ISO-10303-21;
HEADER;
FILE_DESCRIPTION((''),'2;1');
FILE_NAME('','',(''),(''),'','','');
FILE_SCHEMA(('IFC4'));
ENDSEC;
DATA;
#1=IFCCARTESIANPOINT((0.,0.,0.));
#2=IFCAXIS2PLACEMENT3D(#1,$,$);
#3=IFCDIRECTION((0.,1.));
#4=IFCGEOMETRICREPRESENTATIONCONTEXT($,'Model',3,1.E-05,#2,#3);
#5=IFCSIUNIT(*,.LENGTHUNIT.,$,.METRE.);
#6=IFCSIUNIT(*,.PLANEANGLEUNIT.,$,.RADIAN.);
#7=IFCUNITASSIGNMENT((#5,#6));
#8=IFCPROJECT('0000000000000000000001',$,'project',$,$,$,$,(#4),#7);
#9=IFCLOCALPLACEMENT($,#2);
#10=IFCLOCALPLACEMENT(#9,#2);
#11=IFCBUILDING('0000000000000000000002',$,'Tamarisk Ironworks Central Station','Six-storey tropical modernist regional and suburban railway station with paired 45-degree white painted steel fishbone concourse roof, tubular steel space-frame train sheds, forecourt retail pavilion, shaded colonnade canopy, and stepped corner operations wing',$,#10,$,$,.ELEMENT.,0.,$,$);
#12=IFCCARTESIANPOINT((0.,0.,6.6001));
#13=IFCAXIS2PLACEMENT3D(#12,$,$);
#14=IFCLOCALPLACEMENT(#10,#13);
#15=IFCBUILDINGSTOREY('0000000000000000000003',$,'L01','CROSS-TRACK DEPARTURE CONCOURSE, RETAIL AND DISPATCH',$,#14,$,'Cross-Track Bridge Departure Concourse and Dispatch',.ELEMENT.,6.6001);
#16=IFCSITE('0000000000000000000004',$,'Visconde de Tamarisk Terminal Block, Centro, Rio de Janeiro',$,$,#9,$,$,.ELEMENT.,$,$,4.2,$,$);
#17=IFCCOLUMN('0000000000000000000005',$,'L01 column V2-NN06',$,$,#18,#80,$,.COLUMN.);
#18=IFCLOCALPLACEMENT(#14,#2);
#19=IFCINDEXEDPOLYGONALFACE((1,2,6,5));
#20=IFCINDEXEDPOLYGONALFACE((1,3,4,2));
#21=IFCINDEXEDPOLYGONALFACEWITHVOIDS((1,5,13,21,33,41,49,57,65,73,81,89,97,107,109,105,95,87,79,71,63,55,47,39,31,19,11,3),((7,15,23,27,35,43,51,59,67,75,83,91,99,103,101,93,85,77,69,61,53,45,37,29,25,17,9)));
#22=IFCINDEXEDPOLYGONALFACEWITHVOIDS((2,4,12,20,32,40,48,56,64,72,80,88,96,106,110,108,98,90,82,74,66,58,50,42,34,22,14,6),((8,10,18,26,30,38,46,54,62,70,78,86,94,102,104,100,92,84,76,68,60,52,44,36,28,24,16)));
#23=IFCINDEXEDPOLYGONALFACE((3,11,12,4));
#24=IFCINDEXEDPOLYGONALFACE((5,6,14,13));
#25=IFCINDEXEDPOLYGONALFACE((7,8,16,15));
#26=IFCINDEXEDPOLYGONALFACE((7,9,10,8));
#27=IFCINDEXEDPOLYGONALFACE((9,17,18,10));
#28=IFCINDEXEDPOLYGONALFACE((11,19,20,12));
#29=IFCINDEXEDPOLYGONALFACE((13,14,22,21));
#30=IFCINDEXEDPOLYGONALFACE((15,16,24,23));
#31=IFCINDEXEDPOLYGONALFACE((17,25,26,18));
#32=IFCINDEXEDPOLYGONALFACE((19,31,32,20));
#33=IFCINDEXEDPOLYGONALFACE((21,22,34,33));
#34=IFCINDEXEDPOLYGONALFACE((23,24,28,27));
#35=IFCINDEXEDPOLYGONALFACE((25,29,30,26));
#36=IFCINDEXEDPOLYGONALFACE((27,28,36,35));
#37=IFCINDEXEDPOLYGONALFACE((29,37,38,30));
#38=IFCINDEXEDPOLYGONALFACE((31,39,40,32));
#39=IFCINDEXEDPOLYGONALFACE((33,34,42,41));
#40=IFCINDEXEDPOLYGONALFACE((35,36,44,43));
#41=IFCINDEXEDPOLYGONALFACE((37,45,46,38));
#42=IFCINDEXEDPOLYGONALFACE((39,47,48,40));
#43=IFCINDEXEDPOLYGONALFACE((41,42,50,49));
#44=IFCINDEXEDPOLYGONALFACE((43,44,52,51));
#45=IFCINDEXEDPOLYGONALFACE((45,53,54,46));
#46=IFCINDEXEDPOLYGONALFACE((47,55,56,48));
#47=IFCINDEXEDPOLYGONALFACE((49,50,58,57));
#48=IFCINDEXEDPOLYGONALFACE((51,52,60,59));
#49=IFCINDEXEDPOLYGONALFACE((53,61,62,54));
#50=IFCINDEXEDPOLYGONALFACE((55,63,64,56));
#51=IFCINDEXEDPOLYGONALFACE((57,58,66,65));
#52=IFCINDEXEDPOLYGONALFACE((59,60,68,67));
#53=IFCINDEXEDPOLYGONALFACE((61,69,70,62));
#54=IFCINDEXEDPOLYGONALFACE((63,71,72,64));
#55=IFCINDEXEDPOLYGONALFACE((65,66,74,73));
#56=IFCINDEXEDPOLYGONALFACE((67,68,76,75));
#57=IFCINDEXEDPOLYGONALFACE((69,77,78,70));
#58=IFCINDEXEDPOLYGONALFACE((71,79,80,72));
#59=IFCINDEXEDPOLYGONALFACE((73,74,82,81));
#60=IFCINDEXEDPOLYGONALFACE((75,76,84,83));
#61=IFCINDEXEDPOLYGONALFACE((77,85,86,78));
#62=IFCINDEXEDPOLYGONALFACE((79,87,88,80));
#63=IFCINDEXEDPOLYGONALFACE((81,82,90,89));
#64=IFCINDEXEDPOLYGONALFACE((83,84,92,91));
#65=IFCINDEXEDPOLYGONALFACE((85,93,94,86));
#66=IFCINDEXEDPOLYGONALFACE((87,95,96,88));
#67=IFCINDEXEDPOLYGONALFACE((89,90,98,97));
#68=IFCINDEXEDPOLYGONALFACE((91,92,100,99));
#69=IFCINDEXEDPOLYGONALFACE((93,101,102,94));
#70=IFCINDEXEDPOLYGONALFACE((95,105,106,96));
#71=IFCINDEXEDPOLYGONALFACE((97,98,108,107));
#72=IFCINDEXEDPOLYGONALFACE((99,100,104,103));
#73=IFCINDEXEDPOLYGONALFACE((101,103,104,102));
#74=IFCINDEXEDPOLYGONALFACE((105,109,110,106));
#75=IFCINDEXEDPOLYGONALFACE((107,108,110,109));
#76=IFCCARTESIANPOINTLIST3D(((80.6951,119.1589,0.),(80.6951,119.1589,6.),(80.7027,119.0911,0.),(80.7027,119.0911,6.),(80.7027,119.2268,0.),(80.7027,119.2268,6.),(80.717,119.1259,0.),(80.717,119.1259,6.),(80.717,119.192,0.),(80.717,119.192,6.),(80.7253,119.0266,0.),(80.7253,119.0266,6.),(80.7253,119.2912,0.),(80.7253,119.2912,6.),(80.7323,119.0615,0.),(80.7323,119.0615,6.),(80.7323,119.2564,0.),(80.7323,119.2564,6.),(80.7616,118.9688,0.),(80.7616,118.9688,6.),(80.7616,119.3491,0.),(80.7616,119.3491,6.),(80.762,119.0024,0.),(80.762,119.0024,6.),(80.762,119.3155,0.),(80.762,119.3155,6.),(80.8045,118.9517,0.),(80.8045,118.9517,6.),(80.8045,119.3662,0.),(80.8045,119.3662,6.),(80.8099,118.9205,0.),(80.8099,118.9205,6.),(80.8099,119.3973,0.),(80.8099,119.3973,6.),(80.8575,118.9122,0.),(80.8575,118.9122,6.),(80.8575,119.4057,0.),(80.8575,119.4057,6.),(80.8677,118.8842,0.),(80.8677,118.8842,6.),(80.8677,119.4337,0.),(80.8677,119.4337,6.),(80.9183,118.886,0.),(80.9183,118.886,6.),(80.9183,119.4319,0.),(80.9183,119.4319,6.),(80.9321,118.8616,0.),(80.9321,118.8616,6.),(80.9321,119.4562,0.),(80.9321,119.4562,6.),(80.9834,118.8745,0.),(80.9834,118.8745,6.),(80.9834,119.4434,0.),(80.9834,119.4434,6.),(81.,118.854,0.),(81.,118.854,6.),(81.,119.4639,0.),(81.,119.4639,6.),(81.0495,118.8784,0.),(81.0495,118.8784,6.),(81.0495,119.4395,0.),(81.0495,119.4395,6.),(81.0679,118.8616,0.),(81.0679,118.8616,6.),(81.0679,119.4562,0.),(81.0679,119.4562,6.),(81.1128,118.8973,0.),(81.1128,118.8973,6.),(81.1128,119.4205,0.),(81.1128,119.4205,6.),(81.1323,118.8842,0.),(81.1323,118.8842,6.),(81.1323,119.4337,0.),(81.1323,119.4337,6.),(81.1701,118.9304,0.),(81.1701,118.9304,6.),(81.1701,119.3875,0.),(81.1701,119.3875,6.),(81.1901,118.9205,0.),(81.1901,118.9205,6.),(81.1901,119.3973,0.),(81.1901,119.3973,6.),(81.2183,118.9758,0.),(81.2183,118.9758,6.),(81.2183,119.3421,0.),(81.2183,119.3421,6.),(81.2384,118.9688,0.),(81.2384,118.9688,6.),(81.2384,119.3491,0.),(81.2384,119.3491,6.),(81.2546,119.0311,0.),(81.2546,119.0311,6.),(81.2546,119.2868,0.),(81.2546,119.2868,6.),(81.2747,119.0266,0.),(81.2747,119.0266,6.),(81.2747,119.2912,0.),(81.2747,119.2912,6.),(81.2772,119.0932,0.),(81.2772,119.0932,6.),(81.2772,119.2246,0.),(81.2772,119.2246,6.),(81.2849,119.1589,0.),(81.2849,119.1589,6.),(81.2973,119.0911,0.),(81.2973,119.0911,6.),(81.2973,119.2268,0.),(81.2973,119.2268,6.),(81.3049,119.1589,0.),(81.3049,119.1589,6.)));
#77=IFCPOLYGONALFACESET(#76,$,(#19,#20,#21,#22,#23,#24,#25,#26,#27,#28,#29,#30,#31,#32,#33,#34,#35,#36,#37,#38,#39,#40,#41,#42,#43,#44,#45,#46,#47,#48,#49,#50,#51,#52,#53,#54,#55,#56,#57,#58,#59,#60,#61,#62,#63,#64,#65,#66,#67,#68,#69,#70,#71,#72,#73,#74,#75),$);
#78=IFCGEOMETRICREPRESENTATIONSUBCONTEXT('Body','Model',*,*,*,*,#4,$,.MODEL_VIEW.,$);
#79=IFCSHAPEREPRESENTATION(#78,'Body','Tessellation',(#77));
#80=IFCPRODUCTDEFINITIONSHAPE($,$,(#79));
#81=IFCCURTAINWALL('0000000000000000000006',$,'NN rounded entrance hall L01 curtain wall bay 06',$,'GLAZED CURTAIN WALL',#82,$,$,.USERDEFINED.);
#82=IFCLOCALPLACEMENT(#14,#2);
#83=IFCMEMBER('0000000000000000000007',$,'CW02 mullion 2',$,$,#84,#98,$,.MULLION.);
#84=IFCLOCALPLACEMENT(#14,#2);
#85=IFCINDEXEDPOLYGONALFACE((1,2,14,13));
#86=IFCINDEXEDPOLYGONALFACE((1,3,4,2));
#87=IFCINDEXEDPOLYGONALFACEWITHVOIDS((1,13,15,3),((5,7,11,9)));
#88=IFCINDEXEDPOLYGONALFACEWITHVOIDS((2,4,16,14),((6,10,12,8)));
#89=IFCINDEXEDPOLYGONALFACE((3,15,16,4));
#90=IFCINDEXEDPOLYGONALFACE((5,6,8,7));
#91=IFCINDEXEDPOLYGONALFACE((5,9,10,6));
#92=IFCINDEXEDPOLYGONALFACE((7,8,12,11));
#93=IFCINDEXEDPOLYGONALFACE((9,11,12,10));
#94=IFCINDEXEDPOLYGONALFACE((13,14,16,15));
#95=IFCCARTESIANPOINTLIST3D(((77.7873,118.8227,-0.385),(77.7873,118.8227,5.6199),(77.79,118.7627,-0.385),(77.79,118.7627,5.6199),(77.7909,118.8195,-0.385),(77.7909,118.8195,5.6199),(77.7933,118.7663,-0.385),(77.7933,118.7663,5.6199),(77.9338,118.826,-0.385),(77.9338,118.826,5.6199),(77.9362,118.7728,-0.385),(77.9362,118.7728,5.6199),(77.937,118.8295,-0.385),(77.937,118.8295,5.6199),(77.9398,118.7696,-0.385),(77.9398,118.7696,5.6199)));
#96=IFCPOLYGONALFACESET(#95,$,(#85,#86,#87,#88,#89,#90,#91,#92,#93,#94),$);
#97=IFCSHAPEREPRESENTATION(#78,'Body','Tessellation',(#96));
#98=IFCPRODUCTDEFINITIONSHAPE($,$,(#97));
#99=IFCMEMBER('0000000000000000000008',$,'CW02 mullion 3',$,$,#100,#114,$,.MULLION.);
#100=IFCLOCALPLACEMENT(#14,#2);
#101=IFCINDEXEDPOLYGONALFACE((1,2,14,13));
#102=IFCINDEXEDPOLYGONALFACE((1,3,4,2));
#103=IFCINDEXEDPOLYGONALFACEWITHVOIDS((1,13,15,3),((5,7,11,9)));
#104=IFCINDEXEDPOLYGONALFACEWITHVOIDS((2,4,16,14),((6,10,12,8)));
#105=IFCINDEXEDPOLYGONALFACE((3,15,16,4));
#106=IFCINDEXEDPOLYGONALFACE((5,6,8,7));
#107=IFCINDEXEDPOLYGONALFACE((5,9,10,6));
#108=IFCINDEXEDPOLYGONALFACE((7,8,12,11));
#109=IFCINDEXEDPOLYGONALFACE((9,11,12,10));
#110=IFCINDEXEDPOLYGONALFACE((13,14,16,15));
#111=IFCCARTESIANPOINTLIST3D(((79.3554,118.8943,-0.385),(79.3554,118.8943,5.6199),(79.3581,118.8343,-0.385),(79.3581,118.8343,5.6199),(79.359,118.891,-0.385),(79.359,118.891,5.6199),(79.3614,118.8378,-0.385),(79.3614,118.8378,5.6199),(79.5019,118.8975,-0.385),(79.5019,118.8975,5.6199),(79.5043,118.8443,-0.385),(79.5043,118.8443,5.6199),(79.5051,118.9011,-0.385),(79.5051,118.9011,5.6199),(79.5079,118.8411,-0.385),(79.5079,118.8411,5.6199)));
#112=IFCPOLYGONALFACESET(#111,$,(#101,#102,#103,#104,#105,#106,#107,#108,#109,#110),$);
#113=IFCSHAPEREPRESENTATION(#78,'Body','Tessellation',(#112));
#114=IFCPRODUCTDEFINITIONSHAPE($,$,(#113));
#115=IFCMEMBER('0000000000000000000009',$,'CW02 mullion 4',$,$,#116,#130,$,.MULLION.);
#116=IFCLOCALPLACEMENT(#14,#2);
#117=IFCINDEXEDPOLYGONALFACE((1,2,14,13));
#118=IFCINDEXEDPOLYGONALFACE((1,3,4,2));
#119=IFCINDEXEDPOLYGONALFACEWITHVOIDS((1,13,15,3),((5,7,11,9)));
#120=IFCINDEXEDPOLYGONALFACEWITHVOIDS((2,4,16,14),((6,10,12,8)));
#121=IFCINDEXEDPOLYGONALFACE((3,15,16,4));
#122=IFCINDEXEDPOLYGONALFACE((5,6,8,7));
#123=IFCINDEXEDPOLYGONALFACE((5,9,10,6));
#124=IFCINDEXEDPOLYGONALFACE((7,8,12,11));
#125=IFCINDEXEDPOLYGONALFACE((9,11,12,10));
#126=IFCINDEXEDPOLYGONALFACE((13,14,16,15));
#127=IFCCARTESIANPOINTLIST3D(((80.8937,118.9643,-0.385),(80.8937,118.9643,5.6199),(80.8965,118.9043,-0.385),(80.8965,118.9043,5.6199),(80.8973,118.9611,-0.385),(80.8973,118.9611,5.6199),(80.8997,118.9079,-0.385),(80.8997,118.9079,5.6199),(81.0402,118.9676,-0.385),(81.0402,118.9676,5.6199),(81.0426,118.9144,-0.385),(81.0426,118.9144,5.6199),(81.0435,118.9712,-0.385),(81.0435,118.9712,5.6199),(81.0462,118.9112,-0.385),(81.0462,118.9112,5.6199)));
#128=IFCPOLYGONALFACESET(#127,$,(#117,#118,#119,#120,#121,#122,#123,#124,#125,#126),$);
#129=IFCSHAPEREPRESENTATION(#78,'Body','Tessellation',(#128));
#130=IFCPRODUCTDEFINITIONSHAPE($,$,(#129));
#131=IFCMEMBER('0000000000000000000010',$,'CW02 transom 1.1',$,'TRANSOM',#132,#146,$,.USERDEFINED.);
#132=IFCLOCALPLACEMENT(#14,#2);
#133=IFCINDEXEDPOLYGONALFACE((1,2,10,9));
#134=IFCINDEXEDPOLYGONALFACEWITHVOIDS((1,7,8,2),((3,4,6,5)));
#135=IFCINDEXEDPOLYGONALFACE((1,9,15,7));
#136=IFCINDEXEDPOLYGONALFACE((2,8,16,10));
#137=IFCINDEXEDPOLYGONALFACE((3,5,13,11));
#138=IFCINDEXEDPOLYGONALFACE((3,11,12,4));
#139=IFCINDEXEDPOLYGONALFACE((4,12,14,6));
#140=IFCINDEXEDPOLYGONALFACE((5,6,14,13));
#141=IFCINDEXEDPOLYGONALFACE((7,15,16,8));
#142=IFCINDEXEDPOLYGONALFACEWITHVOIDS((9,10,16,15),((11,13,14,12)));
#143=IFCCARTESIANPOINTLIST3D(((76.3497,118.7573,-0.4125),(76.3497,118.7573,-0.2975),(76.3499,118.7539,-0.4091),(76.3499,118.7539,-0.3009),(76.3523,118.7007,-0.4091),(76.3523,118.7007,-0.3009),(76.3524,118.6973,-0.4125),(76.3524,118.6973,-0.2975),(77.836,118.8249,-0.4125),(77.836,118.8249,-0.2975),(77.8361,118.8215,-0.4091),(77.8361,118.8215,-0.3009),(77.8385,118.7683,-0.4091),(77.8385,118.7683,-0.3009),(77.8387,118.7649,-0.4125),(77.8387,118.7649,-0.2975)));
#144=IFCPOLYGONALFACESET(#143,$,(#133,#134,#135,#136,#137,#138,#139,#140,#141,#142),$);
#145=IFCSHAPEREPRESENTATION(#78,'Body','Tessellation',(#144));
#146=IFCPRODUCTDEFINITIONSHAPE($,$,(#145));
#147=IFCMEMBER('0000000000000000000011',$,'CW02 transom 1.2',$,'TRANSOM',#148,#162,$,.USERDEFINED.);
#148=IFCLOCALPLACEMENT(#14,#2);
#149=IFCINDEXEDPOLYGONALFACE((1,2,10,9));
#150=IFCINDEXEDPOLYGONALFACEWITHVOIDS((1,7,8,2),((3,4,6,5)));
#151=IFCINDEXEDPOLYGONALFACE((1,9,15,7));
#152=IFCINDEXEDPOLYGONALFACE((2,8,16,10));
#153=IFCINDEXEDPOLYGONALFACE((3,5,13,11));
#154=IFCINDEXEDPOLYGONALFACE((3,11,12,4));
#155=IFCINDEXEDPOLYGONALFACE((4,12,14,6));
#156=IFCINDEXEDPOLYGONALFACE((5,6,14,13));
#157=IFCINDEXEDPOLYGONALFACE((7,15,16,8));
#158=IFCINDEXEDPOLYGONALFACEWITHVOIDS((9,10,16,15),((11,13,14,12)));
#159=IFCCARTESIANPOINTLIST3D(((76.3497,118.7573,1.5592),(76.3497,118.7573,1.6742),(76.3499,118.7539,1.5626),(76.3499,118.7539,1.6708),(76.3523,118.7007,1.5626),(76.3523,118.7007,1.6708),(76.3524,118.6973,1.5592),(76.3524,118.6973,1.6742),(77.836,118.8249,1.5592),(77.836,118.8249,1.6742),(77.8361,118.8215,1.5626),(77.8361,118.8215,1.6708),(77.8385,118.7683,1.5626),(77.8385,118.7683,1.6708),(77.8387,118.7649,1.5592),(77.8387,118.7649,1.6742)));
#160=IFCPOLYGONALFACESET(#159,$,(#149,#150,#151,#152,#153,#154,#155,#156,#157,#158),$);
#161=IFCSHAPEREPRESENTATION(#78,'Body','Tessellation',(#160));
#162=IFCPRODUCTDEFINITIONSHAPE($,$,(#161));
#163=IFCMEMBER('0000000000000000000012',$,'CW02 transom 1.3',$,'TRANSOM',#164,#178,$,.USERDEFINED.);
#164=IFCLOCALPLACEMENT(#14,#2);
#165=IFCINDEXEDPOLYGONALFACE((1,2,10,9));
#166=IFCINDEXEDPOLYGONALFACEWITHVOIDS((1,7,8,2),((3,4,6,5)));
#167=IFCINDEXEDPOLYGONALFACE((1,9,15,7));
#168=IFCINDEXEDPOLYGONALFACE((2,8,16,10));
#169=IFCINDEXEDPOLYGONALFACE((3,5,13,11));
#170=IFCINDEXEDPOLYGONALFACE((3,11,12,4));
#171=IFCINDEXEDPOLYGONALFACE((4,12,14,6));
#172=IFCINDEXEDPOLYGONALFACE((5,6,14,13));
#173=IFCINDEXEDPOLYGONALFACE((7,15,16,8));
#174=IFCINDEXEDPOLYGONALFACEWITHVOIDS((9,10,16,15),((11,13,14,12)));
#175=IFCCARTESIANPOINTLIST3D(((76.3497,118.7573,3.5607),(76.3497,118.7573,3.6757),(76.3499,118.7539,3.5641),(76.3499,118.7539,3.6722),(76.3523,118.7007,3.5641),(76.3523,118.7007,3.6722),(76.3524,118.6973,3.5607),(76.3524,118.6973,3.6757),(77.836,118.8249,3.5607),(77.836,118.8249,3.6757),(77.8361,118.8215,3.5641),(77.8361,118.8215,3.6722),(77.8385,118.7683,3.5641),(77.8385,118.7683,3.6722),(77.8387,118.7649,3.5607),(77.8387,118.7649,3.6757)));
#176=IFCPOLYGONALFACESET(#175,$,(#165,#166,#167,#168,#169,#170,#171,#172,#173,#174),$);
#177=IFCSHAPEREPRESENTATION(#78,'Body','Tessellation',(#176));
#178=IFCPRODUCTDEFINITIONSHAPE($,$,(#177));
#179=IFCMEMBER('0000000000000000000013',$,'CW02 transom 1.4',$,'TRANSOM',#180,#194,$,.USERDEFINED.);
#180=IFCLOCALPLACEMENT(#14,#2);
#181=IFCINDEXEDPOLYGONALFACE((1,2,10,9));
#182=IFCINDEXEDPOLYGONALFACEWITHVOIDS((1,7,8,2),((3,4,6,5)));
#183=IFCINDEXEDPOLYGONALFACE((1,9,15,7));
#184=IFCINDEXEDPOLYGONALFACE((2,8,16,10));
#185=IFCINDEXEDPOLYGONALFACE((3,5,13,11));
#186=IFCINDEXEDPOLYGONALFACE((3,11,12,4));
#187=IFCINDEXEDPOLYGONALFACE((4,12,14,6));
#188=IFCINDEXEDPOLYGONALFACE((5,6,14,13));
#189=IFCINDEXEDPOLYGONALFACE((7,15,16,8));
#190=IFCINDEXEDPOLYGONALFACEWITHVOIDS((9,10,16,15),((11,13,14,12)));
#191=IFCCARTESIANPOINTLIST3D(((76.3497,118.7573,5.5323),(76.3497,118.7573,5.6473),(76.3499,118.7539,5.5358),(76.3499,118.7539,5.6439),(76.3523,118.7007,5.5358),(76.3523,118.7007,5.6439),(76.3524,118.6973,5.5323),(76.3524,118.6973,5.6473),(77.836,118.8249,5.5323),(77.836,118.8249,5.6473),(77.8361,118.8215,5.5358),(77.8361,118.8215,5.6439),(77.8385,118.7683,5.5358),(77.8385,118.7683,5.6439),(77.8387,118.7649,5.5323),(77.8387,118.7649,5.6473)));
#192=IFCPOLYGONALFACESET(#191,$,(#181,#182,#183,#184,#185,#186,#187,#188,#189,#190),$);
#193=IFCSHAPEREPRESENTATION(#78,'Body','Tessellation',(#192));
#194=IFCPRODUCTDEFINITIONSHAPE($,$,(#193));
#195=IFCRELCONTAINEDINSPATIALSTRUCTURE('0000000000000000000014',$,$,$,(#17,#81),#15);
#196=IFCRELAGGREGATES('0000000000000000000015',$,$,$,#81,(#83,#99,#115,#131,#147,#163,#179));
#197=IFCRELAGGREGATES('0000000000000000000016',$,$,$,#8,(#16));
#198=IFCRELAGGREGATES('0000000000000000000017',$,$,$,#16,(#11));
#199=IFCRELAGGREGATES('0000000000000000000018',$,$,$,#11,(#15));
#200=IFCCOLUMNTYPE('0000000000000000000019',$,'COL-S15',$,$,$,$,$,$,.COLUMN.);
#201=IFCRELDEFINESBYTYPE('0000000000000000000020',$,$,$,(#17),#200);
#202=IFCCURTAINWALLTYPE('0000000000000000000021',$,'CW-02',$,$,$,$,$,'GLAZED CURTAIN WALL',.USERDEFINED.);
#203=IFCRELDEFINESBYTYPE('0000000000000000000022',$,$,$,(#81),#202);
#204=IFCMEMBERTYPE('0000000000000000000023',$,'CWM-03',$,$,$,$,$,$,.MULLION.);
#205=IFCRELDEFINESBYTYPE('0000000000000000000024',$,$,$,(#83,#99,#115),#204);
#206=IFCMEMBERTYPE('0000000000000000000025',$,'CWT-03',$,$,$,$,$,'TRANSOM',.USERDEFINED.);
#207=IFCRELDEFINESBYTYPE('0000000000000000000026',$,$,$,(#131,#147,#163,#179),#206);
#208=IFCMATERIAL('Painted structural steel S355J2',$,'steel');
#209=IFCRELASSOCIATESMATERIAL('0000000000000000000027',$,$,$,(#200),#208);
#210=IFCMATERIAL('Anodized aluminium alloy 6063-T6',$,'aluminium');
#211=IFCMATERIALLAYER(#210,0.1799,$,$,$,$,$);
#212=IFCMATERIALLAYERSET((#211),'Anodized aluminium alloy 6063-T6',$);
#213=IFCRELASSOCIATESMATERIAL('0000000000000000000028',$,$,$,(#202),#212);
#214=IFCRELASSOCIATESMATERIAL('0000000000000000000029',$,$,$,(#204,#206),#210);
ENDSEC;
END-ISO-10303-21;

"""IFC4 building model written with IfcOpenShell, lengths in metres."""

from ifc_helpers import new_model, si_unit, direction, frame, origin, origin_2d, place, context, subcontext, project, spatial, hollow_rectangle, hollow_circle, extrude, material, layer, layer_set, material_profile, profile_set, type_object, element, aggregate, save


model = new_model("IFC4")

# Units and contexts
model_context = context("Model", 3, precision=1e-05, world=origin(), true_north=direction((0.0, 1.0)))
body_context = subcontext(model_context, "Body", "Model", "MODEL_VIEW")
ifc_project = project(units=[si_unit("LENGTHUNIT", "METRE"), si_unit("PLANEANGLEUNIT", "RADIAN")], contexts=[model_context])

# Site, building, storey
site_placement = place(None, origin())
site = spatial("IfcSite", under=ifc_project, at=site_placement, Name="Visconde de Tamarisk Terminal Block, Centro, Rio de Janeiro", CompositionType="ELEMENT", RefElevation=4.2)
building_placement = place(site_placement, origin())
building = spatial("IfcBuilding", under=site, at=building_placement, Name="Tamarisk Ironworks Central Station", Description="Six-storey tropical modernist regional and suburban railway station with paired 45-degree white painted steel fishbone concourse roof, tubular steel space-frame train sheds, forecourt retail pavilion, shaded colonnade canopy, and stepped corner operations wing", CompositionType="ELEMENT", ElevationOfRefHeight=0.0)
storey_placement = place(building_placement, frame((0.0, 0.0, 6.6001)))
storey = spatial("IfcBuildingStorey", under=building, at=storey_placement, Name="L01", Description="CROSS-TRACK DEPARTURE CONCOURSE, RETAIL AND DISPATCH", LongName="Cross-Track Bridge Departure Concourse and Dispatch", CompositionType="ELEMENT", Elevation=6.6001)

# Column
ifc_material_1 = material(Name="Painted structural steel S355J2", Category="steel")
ifc_material_profile_1 = material_profile(ifc_material_1, hollow_circle(Radius=0.3049, WallThickness=0.02, at=origin_2d()), Name="CHS 610x20")
ifc_profile_set_1 = profile_set([ifc_material_profile_1], Name="Painted structural steel S355J2")
column_type = type_object("IfcColumnType", Name="COL-S15", PredefinedType="COLUMN", material=ifc_profile_set_1)
column_placement = place(storey_placement, frame((81.0, 119.1589, 0.0), z_axis=(0.0, 0.0, 1.0), x_axis=(1.0, 0.0, 0.0)))
element("IfcColumn", 1, at=column_placement, inside=storey, type_object=column_type, Name="L01 column V2-NN06", PredefinedType="COLUMN", context=body_context, shape_type="SweptSolid", body=[
    extrude(hollow_circle(Radius=0.3049, WallThickness=0.02, at=origin_2d()), origin(), (0.0, 0.0, 1.0), 6.0),
])

# Curtain wall, members
ifc_material_2 = material(Name="Anodized aluminium alloy 6063-T6", Category="aluminium")
ifc_layer_1 = layer(ifc_material_2, 0.1799)
ifc_layer_set_1 = layer_set([ifc_layer_1], Name="Anodized aluminium alloy 6063-T6")
curtain_wall_type = type_object("IfcCurtainWallType", Name="CW-02", ElementType="GLAZED CURTAIN WALL", PredefinedType="USERDEFINED", material=ifc_layer_set_1)
curtain_wall_placement = place(storey_placement, origin())
curtain_wall = element("IfcCurtainWall", 2, at=curtain_wall_placement, inside=storey, type_object=curtain_wall_type, Name="NN rounded entrance hall L01 curtain wall bay 06", ObjectType="GLAZED CURTAIN WALL", PredefinedType="USERDEFINED")
ifc_material_profile_2 = material_profile(ifc_material_2, hollow_rectangle(XDim=0.0601, YDim=0.1499, WallThickness=0.0034, at=origin_2d()), Name="ALUM 150x60")
ifc_profile_set_2 = profile_set([ifc_material_profile_2], Name="Anodized aluminium alloy 6063-T6")
member_type_1 = type_object("IfcMemberType", Name="CWM-03", PredefinedType="MULLION", material=ifc_profile_set_2)
member_1_placement = place(storey_placement, frame((77.8635, 118.7961, -0.385), z_axis=(0.0, 0.0, 1.0), x_axis=(-0.045481, 0.998965, 0.0)))
member_1 = element("IfcMember", 3, at=member_1_placement, type_object=member_type_1, Name="CW02 mullion 2", PredefinedType="MULLION", context=body_context, shape_type="SweptSolid", body=[
    extrude(hollow_rectangle(XDim=0.0601, YDim=0.1499, WallThickness=0.0034, at=origin_2d()), origin(), (0.0, 0.0, 1.0), 6.0049),
])
member_2_placement = place(storey_placement, frame((79.4316, 118.8677, -0.385), z_axis=(0.0, 0.0, 1.0), x_axis=(-0.045481, 0.998965, 0.0)))
member_2 = element("IfcMember", 4, at=member_2_placement, type_object=member_type_1, Name="CW02 mullion 3", PredefinedType="MULLION", context=body_context, shape_type="SweptSolid", body=[
    extrude(hollow_rectangle(XDim=0.0601, YDim=0.1499, WallThickness=0.0034, at=origin_2d()), origin(), (0.0, 0.0, 1.0), 6.0049),
])
member_3_placement = place(storey_placement, frame((80.97, 118.9377, -0.385), z_axis=(0.0, 0.0, 1.0), x_axis=(-0.045481, 0.998965, 0.0)))
member_3 = element("IfcMember", 5, at=member_3_placement, type_object=member_type_1, Name="CW02 mullion 4", PredefinedType="MULLION", context=body_context, shape_type="SweptSolid", body=[
    extrude(hollow_rectangle(XDim=0.0601, YDim=0.1499, WallThickness=0.0034, at=origin_2d()), origin(), (0.0, 0.0, 1.0), 6.0049),
])
ifc_material_profile_3 = material_profile(ifc_material_2, hollow_rectangle(XDim=0.0601, YDim=0.115, WallThickness=0.0034, at=origin_2d()), Name="ALUM 115x60")
ifc_profile_set_3 = profile_set([ifc_material_profile_3], Name="Anodized aluminium alloy 6063-T6")
member_type_2 = type_object("IfcMemberType", Name="CWT-03", ElementType="TRANSOM", PredefinedType="USERDEFINED", material=ifc_profile_set_3)
member_4_placement = place(storey_placement, frame((76.3511, 118.7273, -0.355), z_axis=(0.998967, 0.045452, 0.0), x_axis=(-0.045452, 0.998967, 0.0)))
member_4 = element("IfcMember", 6, at=member_4_placement, type_object=member_type_2, Name="CW02 transom 1.1", ObjectType="TRANSOM", PredefinedType="USERDEFINED", context=body_context, shape_type="SweptSolid", body=[
    extrude(hollow_rectangle(XDim=0.0601, YDim=0.115, WallThickness=0.0034, at=origin_2d()), origin(), (0.0, 0.0, 1.0), 1.4878),
])
member_5_placement = place(storey_placement, frame((76.3511, 118.7273, 1.6167), z_axis=(0.998967, 0.045452, 0.0), x_axis=(-0.045452, 0.998967, 0.0)))
member_5 = element("IfcMember", 7, at=member_5_placement, type_object=member_type_2, Name="CW02 transom 1.2", ObjectType="TRANSOM", PredefinedType="USERDEFINED", context=body_context, shape_type="SweptSolid", body=[
    extrude(hollow_rectangle(XDim=0.0601, YDim=0.115, WallThickness=0.0034, at=origin_2d()), origin(), (0.0, 0.0, 1.0), 1.4878),
])
member_6_placement = place(storey_placement, frame((76.3511, 118.7273, 3.6182), z_axis=(0.998967, 0.045452, 0.0), x_axis=(-0.045452, 0.998967, 0.0)))
member_6 = element("IfcMember", 8, at=member_6_placement, type_object=member_type_2, Name="CW02 transom 1.3", ObjectType="TRANSOM", PredefinedType="USERDEFINED", context=body_context, shape_type="SweptSolid", body=[
    extrude(hollow_rectangle(XDim=0.0601, YDim=0.115, WallThickness=0.0034, at=origin_2d()), origin(), (0.0, 0.0, 1.0), 1.4878),
])
member_7_placement = place(storey_placement, frame((76.3511, 118.7273, 5.5898), z_axis=(0.998967, 0.045452, 0.0), x_axis=(-0.045452, 0.998967, 0.0)))
member_7 = element("IfcMember", 9, at=member_7_placement, type_object=member_type_2, Name="CW02 transom 1.4", ObjectType="TRANSOM", PredefinedType="USERDEFINED", context=body_context, shape_type="SweptSolid", body=[
    extrude(hollow_rectangle(XDim=0.0601, YDim=0.115, WallThickness=0.0034, at=origin_2d()), origin(), (0.0, 0.0, 1.0), 1.4878),
])
aggregate(curtain_wall, [member_1, member_2, member_3, member_4, member_5, member_6, member_7])

save(model, "model.ifc")
